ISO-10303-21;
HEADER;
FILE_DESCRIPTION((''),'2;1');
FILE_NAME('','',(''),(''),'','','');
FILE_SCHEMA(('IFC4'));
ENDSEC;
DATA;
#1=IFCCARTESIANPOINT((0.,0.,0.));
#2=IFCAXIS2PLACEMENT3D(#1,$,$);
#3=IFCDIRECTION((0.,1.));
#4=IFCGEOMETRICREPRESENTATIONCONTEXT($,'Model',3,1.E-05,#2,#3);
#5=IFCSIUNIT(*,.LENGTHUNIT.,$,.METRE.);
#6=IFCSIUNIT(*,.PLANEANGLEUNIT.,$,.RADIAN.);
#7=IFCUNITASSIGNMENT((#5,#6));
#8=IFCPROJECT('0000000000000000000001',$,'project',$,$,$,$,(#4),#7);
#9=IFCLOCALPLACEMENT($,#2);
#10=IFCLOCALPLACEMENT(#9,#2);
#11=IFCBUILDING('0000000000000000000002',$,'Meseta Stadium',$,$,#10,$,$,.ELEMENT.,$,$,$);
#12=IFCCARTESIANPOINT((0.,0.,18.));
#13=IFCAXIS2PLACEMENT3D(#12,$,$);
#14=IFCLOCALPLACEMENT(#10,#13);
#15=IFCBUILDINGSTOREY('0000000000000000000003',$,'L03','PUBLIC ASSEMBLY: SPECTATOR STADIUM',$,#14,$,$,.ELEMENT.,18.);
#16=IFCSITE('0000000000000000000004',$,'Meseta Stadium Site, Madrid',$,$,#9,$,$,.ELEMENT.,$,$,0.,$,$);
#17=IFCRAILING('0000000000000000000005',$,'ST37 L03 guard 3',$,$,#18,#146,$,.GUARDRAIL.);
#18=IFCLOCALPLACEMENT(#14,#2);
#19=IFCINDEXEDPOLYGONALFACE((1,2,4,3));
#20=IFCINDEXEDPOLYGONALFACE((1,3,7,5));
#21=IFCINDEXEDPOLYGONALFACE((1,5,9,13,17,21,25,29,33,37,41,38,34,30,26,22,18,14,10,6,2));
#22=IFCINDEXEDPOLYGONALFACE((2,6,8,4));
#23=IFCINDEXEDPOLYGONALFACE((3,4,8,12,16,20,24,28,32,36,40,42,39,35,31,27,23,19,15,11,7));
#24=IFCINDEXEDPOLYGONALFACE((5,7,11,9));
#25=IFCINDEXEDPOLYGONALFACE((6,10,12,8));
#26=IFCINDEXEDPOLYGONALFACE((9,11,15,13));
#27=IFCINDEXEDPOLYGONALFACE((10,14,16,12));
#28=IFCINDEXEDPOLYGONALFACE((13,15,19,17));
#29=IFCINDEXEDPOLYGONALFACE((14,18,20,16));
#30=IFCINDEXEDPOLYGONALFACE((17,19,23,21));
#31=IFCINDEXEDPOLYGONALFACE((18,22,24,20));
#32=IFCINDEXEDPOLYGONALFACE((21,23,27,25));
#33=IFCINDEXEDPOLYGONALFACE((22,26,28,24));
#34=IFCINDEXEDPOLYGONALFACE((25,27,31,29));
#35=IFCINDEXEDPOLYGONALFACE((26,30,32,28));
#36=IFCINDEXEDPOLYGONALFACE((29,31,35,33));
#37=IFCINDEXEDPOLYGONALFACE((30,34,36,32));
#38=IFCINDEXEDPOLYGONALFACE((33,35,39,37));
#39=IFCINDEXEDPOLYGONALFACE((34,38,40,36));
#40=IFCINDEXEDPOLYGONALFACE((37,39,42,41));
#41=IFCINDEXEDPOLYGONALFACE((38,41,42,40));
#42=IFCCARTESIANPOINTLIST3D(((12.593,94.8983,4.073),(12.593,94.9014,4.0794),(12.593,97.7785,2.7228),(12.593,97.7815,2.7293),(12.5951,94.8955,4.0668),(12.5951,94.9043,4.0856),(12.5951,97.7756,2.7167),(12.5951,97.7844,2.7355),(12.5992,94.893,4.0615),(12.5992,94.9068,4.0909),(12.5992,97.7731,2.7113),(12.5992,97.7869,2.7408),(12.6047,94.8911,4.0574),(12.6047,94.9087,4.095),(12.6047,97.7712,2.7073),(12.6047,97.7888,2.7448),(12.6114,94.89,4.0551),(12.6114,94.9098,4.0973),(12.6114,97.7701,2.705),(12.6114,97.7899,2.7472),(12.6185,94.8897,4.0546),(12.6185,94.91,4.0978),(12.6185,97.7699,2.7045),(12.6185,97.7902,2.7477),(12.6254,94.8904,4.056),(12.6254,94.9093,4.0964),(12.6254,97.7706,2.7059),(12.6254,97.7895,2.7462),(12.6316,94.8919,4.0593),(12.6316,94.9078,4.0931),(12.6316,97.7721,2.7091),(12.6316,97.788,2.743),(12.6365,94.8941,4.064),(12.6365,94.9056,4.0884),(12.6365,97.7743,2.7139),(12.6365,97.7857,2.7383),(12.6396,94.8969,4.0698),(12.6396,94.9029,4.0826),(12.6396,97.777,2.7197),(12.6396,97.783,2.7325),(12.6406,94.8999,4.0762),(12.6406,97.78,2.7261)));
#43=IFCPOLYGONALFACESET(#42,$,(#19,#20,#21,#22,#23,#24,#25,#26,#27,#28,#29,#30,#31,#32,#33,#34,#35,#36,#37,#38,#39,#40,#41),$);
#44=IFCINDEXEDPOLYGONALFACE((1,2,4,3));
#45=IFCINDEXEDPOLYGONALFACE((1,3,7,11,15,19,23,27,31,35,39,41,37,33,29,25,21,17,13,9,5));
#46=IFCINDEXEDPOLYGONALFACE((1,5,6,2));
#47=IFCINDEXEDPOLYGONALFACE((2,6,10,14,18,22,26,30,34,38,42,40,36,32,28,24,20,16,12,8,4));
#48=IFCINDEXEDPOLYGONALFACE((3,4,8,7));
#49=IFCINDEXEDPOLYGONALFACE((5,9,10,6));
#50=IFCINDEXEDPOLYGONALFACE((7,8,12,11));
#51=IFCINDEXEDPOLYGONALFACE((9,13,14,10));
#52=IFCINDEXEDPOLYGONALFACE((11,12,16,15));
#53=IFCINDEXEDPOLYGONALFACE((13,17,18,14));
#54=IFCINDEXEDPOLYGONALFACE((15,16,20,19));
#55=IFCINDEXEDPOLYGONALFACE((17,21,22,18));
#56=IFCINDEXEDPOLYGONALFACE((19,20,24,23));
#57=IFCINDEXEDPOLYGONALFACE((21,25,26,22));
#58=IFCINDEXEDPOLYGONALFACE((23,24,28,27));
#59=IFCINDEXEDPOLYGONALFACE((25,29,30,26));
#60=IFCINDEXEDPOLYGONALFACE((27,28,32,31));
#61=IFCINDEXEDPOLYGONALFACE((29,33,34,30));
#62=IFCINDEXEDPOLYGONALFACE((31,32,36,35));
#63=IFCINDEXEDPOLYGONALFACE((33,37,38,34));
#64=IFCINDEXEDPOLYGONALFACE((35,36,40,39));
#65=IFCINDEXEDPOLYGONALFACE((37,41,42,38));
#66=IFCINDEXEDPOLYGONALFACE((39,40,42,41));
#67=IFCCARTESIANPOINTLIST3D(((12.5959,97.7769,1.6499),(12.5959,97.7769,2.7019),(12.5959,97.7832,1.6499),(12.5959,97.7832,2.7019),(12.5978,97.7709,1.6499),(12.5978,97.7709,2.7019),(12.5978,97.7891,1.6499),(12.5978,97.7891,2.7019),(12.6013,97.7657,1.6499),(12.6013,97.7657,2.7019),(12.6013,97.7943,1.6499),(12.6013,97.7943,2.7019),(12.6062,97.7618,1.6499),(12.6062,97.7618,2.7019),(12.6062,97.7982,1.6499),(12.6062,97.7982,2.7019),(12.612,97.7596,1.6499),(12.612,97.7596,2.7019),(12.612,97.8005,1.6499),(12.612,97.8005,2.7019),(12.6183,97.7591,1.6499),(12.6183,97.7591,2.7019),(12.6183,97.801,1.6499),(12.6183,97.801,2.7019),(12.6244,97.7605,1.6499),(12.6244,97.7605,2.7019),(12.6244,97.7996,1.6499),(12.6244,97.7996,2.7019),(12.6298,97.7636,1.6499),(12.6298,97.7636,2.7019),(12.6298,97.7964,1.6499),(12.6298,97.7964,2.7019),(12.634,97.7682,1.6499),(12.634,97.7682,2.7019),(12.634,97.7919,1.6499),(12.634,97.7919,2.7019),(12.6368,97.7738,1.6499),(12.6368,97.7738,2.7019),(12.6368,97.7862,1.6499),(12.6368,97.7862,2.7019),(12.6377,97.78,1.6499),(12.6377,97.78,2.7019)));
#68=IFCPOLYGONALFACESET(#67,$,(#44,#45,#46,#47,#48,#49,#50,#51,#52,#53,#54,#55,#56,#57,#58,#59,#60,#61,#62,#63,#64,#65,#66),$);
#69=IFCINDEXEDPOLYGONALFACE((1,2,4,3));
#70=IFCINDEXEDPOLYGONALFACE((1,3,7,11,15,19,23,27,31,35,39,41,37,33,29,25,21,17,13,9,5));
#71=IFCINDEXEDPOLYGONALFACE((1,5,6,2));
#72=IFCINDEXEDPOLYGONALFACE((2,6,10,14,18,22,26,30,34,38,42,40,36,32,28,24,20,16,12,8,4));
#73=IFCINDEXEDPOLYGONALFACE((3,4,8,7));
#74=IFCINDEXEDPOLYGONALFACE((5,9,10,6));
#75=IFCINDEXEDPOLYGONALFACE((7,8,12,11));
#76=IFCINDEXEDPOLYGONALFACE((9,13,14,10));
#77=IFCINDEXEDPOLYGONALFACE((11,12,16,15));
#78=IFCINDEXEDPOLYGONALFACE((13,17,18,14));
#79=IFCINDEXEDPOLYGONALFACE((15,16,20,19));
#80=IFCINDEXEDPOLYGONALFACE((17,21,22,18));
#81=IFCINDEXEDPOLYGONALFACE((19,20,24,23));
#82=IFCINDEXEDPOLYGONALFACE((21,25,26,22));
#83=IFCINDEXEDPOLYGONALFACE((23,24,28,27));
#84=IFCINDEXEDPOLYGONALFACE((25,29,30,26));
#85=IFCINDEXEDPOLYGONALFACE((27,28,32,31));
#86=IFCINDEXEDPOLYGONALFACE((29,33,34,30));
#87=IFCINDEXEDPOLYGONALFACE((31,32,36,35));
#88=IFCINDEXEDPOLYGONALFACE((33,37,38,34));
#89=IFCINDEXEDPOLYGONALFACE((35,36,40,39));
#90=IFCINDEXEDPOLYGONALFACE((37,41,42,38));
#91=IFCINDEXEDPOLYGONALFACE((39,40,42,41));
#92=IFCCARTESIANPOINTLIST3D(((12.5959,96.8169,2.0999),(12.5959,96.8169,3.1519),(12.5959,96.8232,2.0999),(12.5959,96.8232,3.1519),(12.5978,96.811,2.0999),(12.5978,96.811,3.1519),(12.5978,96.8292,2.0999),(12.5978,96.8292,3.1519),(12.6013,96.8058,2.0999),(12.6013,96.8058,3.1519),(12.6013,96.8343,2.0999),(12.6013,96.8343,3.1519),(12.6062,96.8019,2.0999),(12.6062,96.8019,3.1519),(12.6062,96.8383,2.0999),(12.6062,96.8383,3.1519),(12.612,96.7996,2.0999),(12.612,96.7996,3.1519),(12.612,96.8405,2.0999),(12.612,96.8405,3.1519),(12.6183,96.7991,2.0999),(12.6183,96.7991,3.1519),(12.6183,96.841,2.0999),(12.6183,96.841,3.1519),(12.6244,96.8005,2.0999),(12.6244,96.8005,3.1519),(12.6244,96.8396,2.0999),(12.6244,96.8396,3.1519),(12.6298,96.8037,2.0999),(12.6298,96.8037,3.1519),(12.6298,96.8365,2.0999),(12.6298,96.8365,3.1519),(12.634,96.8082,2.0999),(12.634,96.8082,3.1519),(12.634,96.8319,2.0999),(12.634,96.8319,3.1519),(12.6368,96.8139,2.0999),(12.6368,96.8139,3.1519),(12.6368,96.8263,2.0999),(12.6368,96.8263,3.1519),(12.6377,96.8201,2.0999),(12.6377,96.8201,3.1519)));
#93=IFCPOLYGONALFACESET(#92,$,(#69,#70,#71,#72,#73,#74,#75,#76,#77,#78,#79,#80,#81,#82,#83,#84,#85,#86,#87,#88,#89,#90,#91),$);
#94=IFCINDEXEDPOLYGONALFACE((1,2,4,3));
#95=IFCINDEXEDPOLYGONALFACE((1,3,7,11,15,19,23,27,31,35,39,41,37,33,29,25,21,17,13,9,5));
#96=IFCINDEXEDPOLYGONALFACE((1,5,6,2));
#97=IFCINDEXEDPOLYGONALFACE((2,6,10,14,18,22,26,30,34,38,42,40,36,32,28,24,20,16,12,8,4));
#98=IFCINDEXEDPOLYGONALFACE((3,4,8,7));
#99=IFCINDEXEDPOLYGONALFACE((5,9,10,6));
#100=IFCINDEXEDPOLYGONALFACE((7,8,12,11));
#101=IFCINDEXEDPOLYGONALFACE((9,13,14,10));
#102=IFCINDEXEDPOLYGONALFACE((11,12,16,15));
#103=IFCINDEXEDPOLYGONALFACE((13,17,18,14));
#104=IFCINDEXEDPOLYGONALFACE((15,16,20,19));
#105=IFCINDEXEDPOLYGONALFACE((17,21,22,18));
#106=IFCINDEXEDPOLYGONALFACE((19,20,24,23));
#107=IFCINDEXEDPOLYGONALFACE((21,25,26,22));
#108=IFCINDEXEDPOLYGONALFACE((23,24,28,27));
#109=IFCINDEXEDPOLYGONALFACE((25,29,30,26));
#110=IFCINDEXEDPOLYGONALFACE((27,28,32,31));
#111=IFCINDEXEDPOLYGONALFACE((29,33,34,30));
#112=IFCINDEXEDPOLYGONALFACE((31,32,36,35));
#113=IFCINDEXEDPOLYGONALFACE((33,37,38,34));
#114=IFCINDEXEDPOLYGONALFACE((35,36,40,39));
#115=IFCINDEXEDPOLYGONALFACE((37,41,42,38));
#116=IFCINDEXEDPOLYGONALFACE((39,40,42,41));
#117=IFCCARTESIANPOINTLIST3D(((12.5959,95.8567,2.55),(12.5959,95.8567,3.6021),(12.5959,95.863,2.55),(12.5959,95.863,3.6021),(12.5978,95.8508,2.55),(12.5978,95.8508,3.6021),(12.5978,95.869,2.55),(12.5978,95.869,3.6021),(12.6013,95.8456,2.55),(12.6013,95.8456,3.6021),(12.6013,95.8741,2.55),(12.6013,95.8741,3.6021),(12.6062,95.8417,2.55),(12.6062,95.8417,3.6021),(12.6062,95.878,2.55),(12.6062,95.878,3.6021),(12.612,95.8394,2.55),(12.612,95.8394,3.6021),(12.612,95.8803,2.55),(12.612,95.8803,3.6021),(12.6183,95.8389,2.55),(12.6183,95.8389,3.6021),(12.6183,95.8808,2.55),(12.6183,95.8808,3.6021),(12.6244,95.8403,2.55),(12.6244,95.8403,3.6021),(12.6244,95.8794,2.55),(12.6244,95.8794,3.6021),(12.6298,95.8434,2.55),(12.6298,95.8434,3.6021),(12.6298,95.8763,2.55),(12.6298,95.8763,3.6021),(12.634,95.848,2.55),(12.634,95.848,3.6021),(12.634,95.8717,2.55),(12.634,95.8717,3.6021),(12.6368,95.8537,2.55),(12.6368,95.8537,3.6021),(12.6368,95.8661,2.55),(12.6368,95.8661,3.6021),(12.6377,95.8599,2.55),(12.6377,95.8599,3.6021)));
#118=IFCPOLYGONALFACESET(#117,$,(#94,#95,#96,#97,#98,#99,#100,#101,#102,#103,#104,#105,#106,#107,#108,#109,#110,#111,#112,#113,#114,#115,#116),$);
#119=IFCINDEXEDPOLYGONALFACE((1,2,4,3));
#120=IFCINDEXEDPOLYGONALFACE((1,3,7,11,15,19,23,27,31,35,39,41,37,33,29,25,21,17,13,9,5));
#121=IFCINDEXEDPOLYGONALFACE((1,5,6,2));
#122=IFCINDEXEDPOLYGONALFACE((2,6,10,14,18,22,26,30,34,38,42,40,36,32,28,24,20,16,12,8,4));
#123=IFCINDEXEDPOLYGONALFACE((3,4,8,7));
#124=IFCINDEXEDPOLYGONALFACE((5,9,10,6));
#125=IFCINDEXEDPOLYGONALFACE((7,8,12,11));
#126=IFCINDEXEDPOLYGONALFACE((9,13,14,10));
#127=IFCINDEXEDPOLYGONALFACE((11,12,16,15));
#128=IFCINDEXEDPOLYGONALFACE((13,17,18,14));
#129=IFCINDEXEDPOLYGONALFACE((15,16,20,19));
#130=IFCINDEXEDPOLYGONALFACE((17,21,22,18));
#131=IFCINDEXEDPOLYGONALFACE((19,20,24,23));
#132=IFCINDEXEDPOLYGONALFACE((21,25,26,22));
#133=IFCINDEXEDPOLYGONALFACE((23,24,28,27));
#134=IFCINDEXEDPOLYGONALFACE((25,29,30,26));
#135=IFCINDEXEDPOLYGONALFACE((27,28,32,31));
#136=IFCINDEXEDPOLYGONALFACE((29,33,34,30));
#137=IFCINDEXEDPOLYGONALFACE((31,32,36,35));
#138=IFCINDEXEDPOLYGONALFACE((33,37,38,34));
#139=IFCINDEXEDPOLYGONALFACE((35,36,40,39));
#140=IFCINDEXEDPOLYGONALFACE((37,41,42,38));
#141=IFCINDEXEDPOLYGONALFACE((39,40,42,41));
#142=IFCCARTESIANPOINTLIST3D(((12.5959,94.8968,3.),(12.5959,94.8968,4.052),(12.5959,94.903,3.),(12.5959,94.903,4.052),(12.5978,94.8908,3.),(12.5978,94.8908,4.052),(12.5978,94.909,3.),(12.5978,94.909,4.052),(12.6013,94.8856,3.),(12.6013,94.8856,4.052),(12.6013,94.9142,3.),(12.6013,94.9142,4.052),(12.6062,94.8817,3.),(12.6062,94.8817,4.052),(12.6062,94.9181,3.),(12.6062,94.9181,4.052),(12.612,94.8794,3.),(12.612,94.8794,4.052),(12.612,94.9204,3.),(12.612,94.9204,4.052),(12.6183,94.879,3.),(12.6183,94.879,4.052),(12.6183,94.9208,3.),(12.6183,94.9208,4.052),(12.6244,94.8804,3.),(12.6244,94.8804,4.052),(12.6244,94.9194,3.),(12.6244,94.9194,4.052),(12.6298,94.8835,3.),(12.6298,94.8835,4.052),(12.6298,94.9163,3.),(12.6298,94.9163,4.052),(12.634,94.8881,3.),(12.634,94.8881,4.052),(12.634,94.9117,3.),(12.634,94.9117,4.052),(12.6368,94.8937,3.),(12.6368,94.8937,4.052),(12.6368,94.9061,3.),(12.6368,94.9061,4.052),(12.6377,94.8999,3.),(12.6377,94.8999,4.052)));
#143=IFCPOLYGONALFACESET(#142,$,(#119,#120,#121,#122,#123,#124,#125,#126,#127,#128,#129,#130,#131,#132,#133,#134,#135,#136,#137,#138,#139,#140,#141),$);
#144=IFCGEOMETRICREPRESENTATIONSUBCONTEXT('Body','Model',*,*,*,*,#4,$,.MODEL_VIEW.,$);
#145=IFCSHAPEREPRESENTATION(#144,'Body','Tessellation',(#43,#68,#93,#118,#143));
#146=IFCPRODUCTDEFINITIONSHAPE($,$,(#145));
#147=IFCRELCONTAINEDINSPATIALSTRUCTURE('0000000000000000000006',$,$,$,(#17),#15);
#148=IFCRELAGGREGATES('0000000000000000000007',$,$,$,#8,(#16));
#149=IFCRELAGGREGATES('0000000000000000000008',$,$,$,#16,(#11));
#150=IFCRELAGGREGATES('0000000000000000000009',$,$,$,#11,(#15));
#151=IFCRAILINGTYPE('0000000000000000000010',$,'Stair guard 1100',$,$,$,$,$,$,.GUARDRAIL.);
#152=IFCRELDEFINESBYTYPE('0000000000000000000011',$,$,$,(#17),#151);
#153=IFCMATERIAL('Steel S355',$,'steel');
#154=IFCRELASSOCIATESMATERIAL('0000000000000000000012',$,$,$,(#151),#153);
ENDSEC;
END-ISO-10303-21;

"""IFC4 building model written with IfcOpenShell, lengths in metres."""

from ifc_helpers import new_model, si_unit, direction, frame, origin, origin_2d, place, context, subcontext, project, spatial, circle, extrude, material, type_object, element, save


model = new_model("IFC4")

# Units and contexts
model_context = context("Model", 3, precision=1e-05, world=origin(), true_north=direction((0.0, 1.0)))
body_context = subcontext(model_context, "Body", "Model", "MODEL_VIEW")
ifc_project = project(units=[si_unit("LENGTHUNIT", "METRE"), si_unit("PLANEANGLEUNIT", "RADIAN")], contexts=[model_context])

# Site, building, storey
site_placement = place(None, origin())
site = spatial("IfcSite", under=ifc_project, at=site_placement, Name="Meseta Stadium Site, Madrid", CompositionType="ELEMENT", RefElevation=0.0)
building_placement = place(site_placement, origin())
building = spatial("IfcBuilding", under=site, at=building_placement, Name="Meseta Stadium", CompositionType="ELEMENT")
storey_placement = place(building_placement, frame((0.0, 0.0, 18.0)))
storey = spatial("IfcBuildingStorey", under=building, at=storey_placement, Name="L03", Description="PUBLIC ASSEMBLY: SPECTATOR STADIUM", CompositionType="ELEMENT", Elevation=18.0)

# Railing
ifc_material_1 = material(Name="Steel S355", Category="steel")
railing_type_1 = type_object("IfcRailingType", Name="Stair guard 1100", PredefinedType="GUARDRAIL", material=ifc_material_1)
railing_1_placement = place(storey_placement, frame((12.6167, 97.78, 1.6499)))
element("IfcRailing", 1, at=railing_1_placement, inside=storey, type_object=railing_type_1, Name="ST37 L03 guard 3", PredefinedType="GUARDRAIL", context=body_context, shape_type="SweptSolid", body=[
    extrude(circle(Radius=0.0239, at=origin_2d()), frame((0.0, 0.0, 1.0762), z_axis=(0.0, -0.905454, 0.424444), x_axis=(1.0, 0.0, 0.0)), (0.0, 0.0, 1.0), 3.1809),
    extrude(circle(Radius=0.021, at=origin_2d()), origin(), (0.0, 0.0, 1.0), 1.052),
    extrude(circle(Radius=0.021, at=origin_2d()), frame((0.0, -0.96, 0.45)), (0.0, 0.0, 1.0), 1.052),
    extrude(circle(Radius=0.021, at=origin_2d()), frame((0.0, -1.9202, 0.9001)), (0.0, 0.0, 1.0), 1.052),
    extrude(circle(Radius=0.021, at=origin_2d()), frame((0.0, -2.8801, 1.3501)), (0.0, 0.0, 1.0), 1.052),
])

save(model, "model.ifc")
